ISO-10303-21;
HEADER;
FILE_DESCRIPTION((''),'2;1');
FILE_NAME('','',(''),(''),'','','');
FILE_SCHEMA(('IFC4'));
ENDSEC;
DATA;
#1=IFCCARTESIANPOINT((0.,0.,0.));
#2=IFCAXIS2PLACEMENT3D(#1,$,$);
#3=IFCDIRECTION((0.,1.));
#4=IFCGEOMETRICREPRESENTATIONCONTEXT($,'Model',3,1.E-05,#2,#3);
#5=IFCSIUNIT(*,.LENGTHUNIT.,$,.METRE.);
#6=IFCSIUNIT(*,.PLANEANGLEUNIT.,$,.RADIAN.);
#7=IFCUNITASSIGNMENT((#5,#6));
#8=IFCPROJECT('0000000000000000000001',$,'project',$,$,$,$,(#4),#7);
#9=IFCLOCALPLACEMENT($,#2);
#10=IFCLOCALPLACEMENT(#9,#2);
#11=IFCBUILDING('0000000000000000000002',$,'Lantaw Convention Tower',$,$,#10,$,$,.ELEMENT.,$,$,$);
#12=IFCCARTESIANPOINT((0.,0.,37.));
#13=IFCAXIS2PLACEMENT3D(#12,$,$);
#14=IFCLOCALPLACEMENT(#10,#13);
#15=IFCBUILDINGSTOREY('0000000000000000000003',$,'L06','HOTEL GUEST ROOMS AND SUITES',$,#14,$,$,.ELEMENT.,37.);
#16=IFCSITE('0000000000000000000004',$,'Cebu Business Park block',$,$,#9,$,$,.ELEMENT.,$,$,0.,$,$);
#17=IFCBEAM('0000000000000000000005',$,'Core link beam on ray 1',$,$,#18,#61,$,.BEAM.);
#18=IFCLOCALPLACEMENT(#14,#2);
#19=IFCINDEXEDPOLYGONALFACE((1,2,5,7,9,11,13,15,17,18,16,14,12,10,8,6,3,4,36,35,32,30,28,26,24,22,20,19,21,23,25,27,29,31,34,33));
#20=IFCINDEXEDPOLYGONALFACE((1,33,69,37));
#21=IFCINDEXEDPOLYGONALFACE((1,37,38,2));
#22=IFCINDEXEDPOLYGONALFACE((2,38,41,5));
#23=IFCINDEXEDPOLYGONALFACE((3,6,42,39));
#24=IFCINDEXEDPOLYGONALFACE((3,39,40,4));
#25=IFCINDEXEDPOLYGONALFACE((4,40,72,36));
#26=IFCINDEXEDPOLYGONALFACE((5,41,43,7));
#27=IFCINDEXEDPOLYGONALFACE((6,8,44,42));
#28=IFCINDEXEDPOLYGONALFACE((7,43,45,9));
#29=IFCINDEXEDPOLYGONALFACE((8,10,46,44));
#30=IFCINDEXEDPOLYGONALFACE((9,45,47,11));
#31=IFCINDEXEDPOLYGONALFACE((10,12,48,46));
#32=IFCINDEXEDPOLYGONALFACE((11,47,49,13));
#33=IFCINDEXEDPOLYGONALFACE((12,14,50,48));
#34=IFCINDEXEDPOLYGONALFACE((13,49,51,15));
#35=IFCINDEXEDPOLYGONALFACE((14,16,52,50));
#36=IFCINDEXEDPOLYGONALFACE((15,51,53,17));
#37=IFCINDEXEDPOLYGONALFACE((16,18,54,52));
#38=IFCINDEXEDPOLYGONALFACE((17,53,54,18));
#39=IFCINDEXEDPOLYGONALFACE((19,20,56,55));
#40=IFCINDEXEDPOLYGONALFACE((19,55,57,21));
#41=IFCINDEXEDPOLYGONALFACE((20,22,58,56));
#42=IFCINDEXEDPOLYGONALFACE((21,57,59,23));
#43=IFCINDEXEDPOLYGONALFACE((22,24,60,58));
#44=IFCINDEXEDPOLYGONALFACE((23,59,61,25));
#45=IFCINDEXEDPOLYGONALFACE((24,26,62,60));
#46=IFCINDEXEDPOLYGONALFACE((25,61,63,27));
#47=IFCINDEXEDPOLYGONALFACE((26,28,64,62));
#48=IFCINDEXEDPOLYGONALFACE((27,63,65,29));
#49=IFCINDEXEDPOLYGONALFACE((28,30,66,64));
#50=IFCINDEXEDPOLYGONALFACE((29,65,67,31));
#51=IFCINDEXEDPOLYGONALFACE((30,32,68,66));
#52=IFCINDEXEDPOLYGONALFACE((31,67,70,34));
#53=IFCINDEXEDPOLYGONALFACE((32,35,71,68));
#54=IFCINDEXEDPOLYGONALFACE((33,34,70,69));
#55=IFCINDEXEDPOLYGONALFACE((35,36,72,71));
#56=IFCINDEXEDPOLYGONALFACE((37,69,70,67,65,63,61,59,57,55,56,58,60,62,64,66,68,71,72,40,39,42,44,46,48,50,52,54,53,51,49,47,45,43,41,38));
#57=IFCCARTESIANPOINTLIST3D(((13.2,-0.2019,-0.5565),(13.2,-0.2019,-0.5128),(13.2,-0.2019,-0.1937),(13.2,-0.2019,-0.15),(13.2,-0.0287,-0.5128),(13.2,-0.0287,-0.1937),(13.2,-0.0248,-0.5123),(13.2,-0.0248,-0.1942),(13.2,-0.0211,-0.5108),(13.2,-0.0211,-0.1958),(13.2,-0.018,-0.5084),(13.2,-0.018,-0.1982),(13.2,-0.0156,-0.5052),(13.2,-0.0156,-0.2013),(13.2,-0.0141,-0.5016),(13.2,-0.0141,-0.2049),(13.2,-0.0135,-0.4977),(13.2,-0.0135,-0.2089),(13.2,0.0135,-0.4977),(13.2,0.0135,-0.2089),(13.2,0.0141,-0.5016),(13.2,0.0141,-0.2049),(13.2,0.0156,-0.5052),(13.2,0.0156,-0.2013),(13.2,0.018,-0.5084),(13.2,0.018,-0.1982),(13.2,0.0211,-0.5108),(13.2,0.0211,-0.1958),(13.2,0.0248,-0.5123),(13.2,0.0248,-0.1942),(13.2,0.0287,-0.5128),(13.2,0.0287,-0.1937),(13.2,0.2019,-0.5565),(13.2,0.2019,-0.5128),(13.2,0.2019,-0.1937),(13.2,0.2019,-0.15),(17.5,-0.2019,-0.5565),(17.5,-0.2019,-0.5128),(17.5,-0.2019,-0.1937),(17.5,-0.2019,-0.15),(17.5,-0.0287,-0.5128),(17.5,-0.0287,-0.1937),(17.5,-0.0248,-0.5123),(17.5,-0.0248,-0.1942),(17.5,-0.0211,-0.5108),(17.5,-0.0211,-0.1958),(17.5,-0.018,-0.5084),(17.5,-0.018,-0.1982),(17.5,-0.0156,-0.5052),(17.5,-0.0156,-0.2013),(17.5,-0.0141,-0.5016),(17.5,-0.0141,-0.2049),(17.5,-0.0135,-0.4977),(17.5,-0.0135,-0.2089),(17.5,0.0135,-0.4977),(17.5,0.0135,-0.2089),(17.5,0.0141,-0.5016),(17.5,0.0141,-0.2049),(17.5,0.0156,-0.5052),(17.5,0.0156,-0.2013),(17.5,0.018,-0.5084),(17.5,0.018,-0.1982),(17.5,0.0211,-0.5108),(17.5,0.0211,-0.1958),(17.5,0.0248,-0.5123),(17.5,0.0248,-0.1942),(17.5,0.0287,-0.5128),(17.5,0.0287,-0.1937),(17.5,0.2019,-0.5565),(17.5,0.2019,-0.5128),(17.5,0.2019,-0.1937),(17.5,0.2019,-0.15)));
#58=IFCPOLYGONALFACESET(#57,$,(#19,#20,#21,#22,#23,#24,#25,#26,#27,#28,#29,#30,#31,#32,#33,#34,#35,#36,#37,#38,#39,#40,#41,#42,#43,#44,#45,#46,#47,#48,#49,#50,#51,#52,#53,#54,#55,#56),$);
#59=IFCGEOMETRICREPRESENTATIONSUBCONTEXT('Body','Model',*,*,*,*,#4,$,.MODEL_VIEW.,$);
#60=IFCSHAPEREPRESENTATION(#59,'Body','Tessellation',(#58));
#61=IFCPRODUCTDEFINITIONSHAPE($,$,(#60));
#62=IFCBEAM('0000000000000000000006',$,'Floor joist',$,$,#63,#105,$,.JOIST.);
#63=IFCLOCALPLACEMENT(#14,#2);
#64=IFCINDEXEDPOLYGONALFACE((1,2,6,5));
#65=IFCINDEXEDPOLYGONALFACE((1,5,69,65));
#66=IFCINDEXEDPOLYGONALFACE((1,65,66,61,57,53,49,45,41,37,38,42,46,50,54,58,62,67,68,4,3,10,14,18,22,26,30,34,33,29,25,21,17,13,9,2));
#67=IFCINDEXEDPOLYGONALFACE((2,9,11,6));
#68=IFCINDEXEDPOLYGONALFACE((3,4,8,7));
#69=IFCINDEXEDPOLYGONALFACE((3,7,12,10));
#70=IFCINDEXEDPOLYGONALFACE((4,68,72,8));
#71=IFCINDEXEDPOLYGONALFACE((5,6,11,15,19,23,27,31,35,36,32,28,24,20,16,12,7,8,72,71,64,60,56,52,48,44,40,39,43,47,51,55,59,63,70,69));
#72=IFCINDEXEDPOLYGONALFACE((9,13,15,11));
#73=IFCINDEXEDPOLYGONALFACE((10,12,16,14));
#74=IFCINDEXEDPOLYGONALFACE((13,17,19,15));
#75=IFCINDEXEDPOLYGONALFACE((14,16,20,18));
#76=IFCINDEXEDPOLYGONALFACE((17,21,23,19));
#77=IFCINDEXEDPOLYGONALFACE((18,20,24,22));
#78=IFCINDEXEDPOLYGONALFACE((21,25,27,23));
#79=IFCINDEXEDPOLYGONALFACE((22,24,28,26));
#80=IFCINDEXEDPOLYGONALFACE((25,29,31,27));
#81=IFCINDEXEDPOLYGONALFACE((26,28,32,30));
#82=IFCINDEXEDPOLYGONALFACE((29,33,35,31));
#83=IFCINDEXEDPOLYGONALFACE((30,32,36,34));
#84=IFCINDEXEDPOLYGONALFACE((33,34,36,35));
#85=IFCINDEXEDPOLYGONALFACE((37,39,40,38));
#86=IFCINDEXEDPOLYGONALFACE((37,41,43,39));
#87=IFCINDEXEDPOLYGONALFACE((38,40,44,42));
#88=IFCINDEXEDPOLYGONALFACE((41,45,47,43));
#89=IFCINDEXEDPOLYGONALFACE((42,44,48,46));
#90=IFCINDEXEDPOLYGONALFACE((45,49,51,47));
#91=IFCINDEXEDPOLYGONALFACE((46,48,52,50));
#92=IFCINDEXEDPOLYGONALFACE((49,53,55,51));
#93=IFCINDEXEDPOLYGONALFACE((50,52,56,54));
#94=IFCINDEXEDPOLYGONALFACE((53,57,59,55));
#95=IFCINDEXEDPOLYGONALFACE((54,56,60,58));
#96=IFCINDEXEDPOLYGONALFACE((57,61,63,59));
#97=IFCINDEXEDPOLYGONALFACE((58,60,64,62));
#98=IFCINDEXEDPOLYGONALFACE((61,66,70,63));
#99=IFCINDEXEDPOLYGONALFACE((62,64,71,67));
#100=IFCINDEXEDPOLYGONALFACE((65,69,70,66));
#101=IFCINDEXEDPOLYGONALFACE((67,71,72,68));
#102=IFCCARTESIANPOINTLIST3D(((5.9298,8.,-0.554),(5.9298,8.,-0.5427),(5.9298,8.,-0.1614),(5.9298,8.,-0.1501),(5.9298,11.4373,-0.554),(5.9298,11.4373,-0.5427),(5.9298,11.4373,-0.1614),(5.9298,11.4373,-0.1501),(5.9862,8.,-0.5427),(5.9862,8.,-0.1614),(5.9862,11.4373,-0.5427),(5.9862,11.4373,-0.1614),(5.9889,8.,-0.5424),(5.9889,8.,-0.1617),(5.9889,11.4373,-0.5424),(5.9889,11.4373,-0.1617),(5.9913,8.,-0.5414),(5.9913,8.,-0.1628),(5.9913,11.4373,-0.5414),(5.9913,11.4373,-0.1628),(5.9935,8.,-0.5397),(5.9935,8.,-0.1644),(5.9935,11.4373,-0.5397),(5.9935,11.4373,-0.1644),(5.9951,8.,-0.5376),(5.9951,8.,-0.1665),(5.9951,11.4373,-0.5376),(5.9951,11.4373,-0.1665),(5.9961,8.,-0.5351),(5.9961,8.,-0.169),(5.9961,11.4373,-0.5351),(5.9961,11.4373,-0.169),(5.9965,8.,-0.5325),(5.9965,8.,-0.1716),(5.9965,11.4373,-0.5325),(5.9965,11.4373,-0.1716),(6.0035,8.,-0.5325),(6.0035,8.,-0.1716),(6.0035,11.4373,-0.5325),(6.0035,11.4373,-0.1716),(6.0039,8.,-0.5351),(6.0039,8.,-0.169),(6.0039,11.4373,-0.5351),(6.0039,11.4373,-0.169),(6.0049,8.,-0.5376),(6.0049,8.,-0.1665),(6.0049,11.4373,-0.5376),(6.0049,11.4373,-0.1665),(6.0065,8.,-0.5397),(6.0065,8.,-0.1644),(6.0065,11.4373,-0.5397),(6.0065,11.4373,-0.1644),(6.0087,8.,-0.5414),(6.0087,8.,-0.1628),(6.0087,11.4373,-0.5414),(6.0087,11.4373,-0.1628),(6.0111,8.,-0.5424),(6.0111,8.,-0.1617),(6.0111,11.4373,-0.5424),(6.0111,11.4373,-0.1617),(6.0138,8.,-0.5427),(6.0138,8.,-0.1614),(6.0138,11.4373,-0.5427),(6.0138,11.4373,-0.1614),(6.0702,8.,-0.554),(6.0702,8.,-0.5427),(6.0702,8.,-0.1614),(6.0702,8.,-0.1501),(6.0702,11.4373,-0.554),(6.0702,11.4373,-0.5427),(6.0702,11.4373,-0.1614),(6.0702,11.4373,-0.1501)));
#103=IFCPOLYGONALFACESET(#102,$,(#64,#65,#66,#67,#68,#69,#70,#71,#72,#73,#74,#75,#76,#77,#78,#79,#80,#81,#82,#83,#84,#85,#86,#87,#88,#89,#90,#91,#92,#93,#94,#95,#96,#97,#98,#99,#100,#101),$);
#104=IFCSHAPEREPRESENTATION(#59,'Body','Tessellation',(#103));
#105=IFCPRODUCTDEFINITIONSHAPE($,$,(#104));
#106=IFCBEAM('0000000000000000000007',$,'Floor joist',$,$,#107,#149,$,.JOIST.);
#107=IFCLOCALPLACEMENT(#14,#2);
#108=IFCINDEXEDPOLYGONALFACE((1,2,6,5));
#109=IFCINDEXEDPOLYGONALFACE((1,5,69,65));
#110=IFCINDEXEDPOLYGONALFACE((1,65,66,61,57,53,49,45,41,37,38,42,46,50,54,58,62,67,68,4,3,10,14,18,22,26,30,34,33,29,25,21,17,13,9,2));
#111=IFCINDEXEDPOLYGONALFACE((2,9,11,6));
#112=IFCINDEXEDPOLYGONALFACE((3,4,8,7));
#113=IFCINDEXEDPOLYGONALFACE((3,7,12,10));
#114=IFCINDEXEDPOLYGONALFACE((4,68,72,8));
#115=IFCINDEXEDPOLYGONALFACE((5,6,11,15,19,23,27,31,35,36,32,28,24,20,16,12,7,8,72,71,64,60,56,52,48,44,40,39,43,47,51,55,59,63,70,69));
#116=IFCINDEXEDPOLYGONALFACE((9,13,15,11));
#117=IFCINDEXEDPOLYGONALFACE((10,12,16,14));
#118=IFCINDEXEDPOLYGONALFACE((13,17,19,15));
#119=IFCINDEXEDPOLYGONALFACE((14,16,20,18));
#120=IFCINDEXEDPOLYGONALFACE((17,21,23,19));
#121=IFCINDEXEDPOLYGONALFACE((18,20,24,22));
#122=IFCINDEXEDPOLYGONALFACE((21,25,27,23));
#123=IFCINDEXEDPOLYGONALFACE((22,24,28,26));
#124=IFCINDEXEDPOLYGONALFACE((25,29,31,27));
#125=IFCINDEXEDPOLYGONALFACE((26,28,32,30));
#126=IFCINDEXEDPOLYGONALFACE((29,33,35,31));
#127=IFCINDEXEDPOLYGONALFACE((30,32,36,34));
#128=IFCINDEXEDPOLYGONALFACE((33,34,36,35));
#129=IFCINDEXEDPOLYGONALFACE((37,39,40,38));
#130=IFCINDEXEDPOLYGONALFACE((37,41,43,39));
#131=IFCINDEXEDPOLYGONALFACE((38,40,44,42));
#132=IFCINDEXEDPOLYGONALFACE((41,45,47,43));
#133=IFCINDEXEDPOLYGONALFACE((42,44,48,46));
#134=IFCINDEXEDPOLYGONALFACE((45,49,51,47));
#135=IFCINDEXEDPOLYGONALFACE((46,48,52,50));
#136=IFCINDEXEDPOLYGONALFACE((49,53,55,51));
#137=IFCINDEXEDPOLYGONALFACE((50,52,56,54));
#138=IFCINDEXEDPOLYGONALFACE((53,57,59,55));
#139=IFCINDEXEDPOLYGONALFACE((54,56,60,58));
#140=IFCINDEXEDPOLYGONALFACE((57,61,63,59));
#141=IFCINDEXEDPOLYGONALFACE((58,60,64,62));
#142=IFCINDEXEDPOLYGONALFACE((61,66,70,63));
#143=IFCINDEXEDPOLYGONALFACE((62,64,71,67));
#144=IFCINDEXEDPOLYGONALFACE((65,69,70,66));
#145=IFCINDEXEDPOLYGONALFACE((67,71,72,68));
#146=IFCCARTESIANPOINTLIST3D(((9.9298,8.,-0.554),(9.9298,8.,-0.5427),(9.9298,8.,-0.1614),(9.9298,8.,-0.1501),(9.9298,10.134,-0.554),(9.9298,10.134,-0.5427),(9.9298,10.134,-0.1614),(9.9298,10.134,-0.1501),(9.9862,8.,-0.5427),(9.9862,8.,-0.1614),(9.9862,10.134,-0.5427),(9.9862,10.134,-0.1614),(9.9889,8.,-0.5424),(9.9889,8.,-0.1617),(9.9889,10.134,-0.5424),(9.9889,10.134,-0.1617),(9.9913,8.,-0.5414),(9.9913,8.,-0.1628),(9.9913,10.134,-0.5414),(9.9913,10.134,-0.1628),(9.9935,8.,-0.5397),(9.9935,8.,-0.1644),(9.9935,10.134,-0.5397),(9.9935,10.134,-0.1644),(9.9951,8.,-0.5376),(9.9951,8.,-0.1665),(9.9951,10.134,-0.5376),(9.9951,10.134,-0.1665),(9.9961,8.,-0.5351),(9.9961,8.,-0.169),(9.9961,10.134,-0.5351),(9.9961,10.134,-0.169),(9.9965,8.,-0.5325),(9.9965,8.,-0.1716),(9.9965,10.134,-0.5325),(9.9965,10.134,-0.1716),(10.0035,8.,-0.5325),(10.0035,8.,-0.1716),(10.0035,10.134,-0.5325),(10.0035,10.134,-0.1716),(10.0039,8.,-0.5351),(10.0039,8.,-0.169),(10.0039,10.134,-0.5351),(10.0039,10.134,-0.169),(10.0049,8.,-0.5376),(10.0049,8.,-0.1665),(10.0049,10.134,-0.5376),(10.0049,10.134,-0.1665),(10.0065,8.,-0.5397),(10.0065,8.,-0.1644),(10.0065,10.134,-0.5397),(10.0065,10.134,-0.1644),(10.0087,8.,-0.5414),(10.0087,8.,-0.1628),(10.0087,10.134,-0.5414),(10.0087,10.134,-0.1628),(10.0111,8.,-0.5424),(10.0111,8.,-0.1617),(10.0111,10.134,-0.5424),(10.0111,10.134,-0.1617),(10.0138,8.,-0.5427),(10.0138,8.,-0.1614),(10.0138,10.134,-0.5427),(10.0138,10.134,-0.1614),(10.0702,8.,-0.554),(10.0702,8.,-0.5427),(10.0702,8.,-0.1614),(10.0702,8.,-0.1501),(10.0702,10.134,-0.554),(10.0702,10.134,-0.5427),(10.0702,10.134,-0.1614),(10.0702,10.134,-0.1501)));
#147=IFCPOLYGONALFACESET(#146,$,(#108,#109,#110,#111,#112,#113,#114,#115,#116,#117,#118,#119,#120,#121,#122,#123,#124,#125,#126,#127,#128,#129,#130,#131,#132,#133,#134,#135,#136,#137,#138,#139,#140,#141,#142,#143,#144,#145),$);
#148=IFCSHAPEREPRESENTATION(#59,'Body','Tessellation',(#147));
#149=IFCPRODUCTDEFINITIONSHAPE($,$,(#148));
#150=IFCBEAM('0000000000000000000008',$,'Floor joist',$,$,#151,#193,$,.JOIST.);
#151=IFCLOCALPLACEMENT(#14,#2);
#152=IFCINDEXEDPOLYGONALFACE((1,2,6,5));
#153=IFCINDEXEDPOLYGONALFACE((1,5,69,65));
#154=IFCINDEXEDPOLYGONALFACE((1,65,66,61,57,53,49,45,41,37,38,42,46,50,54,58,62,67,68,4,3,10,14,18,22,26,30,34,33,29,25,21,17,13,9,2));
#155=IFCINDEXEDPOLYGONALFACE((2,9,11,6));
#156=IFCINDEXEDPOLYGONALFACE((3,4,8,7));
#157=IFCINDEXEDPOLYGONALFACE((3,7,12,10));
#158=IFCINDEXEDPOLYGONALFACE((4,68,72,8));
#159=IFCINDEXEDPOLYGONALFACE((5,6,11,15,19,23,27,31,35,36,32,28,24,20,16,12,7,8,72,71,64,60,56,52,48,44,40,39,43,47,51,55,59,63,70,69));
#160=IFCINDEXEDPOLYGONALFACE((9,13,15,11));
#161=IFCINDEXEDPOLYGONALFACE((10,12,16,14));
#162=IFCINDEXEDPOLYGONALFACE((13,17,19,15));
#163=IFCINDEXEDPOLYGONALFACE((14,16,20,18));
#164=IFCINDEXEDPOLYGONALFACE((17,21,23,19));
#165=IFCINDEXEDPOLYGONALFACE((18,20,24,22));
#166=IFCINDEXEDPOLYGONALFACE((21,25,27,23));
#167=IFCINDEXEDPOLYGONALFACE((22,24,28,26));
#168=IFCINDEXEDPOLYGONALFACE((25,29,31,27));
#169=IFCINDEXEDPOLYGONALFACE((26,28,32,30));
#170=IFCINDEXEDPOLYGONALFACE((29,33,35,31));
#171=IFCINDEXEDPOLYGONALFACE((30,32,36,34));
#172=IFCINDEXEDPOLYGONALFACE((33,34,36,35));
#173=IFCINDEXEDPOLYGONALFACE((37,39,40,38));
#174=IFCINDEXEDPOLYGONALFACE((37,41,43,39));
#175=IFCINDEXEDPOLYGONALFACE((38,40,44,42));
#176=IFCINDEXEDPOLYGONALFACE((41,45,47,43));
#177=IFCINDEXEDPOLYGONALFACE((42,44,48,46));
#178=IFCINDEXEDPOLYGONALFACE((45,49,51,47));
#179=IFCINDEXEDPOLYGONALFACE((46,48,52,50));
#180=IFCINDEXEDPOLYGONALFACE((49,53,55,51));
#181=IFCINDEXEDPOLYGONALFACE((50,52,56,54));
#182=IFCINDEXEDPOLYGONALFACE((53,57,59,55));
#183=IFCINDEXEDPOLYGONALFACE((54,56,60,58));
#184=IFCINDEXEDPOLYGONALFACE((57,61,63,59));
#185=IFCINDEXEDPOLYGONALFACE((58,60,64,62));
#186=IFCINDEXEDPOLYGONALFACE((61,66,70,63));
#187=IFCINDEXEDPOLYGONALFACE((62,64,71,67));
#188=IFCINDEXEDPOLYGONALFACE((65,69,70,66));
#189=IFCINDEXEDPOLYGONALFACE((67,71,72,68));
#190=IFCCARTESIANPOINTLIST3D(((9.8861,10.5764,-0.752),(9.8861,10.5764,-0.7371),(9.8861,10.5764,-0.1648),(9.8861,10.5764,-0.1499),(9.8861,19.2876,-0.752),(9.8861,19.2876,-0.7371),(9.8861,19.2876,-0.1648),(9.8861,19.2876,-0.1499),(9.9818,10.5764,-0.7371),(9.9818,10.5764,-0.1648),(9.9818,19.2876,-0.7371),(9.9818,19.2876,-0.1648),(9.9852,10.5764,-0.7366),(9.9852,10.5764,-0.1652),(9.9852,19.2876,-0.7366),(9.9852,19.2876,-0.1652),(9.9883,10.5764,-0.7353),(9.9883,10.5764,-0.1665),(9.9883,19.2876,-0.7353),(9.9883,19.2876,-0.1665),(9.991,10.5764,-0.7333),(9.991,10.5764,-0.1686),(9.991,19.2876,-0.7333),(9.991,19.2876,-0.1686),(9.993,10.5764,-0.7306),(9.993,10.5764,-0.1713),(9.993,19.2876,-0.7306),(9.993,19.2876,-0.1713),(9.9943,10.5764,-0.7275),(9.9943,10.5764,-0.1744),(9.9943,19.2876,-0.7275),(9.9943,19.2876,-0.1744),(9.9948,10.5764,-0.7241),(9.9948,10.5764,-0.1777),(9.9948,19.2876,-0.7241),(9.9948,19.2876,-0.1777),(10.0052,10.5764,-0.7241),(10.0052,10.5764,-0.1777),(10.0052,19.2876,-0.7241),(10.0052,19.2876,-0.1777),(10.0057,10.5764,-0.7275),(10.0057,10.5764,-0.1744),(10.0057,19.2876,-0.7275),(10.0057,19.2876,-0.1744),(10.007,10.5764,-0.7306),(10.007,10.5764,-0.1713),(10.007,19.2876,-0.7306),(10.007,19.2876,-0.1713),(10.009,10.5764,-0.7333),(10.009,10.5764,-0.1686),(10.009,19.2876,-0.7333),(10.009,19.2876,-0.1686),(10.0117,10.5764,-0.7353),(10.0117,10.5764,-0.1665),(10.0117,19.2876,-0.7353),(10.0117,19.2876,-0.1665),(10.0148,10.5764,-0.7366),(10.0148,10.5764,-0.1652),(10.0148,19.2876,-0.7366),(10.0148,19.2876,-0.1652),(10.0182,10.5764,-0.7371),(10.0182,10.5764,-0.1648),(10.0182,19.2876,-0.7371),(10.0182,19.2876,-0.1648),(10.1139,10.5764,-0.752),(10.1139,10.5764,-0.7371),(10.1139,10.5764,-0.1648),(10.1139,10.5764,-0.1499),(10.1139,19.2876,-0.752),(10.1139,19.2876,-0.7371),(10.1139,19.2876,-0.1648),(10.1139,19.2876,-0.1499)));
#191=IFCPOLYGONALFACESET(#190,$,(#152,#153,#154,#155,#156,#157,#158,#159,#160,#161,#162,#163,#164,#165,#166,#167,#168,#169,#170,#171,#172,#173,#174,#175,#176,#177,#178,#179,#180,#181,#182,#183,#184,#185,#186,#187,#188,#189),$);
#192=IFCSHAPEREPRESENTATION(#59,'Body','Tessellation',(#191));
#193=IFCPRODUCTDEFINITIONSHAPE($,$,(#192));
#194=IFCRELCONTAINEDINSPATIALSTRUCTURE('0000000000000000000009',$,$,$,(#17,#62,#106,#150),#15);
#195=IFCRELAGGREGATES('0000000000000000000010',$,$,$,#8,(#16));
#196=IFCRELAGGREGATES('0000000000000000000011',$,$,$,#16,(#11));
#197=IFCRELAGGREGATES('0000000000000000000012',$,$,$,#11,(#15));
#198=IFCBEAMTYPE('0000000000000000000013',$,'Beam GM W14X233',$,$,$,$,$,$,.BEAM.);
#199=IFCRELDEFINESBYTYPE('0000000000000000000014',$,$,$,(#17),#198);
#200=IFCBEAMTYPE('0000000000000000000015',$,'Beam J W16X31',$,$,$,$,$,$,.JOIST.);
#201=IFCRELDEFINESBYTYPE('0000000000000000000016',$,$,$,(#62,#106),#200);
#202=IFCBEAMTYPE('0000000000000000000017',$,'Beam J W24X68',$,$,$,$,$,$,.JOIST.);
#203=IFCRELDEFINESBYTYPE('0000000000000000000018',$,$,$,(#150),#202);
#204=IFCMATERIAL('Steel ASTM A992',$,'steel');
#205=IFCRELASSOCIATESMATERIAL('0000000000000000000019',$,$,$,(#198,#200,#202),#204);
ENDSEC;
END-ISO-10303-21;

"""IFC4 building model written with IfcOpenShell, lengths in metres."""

from ifc_helpers import new_model, si_unit, direction, frame, origin, origin_2d, place, context, subcontext, project, spatial, i_section, extrude, material, material_profile, profile_set, type_object, element, save


model = new_model("IFC4")

# Units and contexts
model_context = context("Model", 3, precision=1e-05, world=origin(), true_north=direction((0.0, 1.0)))
body_context = subcontext(model_context, "Body", "Model", "MODEL_VIEW")
ifc_project = project(units=[si_unit("LENGTHUNIT", "METRE"), si_unit("PLANEANGLEUNIT", "RADIAN")], contexts=[model_context])

# Site, building, storey
site_placement = place(None, origin())
site = spatial("IfcSite", under=ifc_project, at=site_placement, Name="Cebu Business Park block", CompositionType="ELEMENT", RefElevation=0.0)
building_placement = place(site_placement, origin())
building = spatial("IfcBuilding", under=site, at=building_placement, Name="Lantaw Convention Tower", CompositionType="ELEMENT")
storey_placement = place(building_placement, frame((0.0, 0.0, 37.0)))
storey = spatial("IfcBuildingStorey", under=building, at=storey_placement, Name="L06", Description="HOTEL GUEST ROOMS AND SUITES", CompositionType="ELEMENT", Elevation=37.0)

# Beams
ifc_material_1 = material(Name="Steel ASTM A992", Category="steel")
ifc_material_profile_1 = material_profile(ifc_material_1, i_section(OverallWidth=0.4038, OverallDepth=0.4065, WebThickness=0.0271, FlangeThickness=0.0437, FilletRadius=0.0151, at=origin_2d()), Name="W14X233")
ifc_profile_set_1 = profile_set([ifc_material_profile_1], Name="Steel ASTM A992")
beam_type_1 = type_object("IfcBeamType", Name="Beam GM W14X233", PredefinedType="BEAM", material=ifc_profile_set_1)
beam_1_placement = place(storey_placement, frame((13.2, 0.0, -0.3533), z_axis=(1.0, 0.0, 0.0), x_axis=(0.0, 1.0, 0.0)))
element("IfcBeam", 1, at=beam_1_placement, inside=storey, type_object=beam_type_1, Name="Core link beam on ray 1", PredefinedType="BEAM", context=body_context, shape_type="SweptSolid", body=[
    extrude(i_section(OverallWidth=0.4038, OverallDepth=0.4065, WebThickness=0.0271, FlangeThickness=0.0437, FilletRadius=0.0151, at=origin_2d()), origin(), (0.0, 0.0, 1.0), 4.3),
])
ifc_material_profile_2 = material_profile(ifc_material_1, i_section(OverallWidth=0.1404, OverallDepth=0.4038, WebThickness=0.0071, FlangeThickness=0.0112, FilletRadius=0.0103, at=origin_2d()), Name="W16X31")
ifc_profile_set_2 = profile_set([ifc_material_profile_2], Name="Steel ASTM A992")
beam_type_2 = type_object("IfcBeamType", Name="Beam J W16X31", PredefinedType="JOIST", material=ifc_profile_set_2)
beam_2_placement = place(storey_placement, frame((6.0, 8.0, -0.3521), z_axis=(0.0, 1.0, 0.0), x_axis=(-1.0, 0.0, 0.0)))
element("IfcBeam", 2, at=beam_2_placement, inside=storey, type_object=beam_type_2, Name="Floor joist", PredefinedType="JOIST", context=body_context, shape_type="SweptSolid", body=[
    extrude(i_section(OverallWidth=0.1404, OverallDepth=0.4038, WebThickness=0.0071, FlangeThickness=0.0112, FilletRadius=0.0103, at=origin_2d()), origin(), (0.0, 0.0, 1.0), 3.4373),
])
beam_3_placement = place(storey_placement, frame((10.0, 8.0, -0.3521), z_axis=(0.0, 1.0, 0.0), x_axis=(-1.0, 0.0, 0.0)))
element("IfcBeam", 3, at=beam_3_placement, inside=storey, type_object=beam_type_2, Name="Floor joist", PredefinedType="JOIST", context=body_context, shape_type="SweptSolid", body=[
    extrude(i_section(OverallWidth=0.1404, OverallDepth=0.4038, WebThickness=0.0071, FlangeThickness=0.0112, FilletRadius=0.0103, at=origin_2d()), origin(), (0.0, 0.0, 1.0), 2.134),
])
ifc_material_profile_3 = material_profile(ifc_material_1, i_section(OverallWidth=0.2278, OverallDepth=0.6021, WebThickness=0.0105, FlangeThickness=0.0149, FilletRadius=0.0129, at=origin_2d()), Name="W24X68")
ifc_profile_set_3 = profile_set([ifc_material_profile_3], Name="Steel ASTM A992")
beam_type_3 = type_object("IfcBeamType", Name="Beam J W24X68", PredefinedType="JOIST", material=ifc_profile_set_3)
beam_4_placement = place(storey_placement, frame((10.0, 10.5764, -0.4509), z_axis=(0.0, 1.0, 0.0), x_axis=(-1.0, 0.0, 0.0)))
element("IfcBeam", 4, at=beam_4_placement, inside=storey, type_object=beam_type_3, Name="Floor joist", PredefinedType="JOIST", context=body_context, shape_type="SweptSolid", body=[
    extrude(i_section(OverallWidth=0.2278, OverallDepth=0.6021, WebThickness=0.0105, FlangeThickness=0.0149, FilletRadius=0.0129, at=origin_2d()), origin(), (0.0, 0.0, 1.0), 8.7112),
])

save(model, "model.ifc")
